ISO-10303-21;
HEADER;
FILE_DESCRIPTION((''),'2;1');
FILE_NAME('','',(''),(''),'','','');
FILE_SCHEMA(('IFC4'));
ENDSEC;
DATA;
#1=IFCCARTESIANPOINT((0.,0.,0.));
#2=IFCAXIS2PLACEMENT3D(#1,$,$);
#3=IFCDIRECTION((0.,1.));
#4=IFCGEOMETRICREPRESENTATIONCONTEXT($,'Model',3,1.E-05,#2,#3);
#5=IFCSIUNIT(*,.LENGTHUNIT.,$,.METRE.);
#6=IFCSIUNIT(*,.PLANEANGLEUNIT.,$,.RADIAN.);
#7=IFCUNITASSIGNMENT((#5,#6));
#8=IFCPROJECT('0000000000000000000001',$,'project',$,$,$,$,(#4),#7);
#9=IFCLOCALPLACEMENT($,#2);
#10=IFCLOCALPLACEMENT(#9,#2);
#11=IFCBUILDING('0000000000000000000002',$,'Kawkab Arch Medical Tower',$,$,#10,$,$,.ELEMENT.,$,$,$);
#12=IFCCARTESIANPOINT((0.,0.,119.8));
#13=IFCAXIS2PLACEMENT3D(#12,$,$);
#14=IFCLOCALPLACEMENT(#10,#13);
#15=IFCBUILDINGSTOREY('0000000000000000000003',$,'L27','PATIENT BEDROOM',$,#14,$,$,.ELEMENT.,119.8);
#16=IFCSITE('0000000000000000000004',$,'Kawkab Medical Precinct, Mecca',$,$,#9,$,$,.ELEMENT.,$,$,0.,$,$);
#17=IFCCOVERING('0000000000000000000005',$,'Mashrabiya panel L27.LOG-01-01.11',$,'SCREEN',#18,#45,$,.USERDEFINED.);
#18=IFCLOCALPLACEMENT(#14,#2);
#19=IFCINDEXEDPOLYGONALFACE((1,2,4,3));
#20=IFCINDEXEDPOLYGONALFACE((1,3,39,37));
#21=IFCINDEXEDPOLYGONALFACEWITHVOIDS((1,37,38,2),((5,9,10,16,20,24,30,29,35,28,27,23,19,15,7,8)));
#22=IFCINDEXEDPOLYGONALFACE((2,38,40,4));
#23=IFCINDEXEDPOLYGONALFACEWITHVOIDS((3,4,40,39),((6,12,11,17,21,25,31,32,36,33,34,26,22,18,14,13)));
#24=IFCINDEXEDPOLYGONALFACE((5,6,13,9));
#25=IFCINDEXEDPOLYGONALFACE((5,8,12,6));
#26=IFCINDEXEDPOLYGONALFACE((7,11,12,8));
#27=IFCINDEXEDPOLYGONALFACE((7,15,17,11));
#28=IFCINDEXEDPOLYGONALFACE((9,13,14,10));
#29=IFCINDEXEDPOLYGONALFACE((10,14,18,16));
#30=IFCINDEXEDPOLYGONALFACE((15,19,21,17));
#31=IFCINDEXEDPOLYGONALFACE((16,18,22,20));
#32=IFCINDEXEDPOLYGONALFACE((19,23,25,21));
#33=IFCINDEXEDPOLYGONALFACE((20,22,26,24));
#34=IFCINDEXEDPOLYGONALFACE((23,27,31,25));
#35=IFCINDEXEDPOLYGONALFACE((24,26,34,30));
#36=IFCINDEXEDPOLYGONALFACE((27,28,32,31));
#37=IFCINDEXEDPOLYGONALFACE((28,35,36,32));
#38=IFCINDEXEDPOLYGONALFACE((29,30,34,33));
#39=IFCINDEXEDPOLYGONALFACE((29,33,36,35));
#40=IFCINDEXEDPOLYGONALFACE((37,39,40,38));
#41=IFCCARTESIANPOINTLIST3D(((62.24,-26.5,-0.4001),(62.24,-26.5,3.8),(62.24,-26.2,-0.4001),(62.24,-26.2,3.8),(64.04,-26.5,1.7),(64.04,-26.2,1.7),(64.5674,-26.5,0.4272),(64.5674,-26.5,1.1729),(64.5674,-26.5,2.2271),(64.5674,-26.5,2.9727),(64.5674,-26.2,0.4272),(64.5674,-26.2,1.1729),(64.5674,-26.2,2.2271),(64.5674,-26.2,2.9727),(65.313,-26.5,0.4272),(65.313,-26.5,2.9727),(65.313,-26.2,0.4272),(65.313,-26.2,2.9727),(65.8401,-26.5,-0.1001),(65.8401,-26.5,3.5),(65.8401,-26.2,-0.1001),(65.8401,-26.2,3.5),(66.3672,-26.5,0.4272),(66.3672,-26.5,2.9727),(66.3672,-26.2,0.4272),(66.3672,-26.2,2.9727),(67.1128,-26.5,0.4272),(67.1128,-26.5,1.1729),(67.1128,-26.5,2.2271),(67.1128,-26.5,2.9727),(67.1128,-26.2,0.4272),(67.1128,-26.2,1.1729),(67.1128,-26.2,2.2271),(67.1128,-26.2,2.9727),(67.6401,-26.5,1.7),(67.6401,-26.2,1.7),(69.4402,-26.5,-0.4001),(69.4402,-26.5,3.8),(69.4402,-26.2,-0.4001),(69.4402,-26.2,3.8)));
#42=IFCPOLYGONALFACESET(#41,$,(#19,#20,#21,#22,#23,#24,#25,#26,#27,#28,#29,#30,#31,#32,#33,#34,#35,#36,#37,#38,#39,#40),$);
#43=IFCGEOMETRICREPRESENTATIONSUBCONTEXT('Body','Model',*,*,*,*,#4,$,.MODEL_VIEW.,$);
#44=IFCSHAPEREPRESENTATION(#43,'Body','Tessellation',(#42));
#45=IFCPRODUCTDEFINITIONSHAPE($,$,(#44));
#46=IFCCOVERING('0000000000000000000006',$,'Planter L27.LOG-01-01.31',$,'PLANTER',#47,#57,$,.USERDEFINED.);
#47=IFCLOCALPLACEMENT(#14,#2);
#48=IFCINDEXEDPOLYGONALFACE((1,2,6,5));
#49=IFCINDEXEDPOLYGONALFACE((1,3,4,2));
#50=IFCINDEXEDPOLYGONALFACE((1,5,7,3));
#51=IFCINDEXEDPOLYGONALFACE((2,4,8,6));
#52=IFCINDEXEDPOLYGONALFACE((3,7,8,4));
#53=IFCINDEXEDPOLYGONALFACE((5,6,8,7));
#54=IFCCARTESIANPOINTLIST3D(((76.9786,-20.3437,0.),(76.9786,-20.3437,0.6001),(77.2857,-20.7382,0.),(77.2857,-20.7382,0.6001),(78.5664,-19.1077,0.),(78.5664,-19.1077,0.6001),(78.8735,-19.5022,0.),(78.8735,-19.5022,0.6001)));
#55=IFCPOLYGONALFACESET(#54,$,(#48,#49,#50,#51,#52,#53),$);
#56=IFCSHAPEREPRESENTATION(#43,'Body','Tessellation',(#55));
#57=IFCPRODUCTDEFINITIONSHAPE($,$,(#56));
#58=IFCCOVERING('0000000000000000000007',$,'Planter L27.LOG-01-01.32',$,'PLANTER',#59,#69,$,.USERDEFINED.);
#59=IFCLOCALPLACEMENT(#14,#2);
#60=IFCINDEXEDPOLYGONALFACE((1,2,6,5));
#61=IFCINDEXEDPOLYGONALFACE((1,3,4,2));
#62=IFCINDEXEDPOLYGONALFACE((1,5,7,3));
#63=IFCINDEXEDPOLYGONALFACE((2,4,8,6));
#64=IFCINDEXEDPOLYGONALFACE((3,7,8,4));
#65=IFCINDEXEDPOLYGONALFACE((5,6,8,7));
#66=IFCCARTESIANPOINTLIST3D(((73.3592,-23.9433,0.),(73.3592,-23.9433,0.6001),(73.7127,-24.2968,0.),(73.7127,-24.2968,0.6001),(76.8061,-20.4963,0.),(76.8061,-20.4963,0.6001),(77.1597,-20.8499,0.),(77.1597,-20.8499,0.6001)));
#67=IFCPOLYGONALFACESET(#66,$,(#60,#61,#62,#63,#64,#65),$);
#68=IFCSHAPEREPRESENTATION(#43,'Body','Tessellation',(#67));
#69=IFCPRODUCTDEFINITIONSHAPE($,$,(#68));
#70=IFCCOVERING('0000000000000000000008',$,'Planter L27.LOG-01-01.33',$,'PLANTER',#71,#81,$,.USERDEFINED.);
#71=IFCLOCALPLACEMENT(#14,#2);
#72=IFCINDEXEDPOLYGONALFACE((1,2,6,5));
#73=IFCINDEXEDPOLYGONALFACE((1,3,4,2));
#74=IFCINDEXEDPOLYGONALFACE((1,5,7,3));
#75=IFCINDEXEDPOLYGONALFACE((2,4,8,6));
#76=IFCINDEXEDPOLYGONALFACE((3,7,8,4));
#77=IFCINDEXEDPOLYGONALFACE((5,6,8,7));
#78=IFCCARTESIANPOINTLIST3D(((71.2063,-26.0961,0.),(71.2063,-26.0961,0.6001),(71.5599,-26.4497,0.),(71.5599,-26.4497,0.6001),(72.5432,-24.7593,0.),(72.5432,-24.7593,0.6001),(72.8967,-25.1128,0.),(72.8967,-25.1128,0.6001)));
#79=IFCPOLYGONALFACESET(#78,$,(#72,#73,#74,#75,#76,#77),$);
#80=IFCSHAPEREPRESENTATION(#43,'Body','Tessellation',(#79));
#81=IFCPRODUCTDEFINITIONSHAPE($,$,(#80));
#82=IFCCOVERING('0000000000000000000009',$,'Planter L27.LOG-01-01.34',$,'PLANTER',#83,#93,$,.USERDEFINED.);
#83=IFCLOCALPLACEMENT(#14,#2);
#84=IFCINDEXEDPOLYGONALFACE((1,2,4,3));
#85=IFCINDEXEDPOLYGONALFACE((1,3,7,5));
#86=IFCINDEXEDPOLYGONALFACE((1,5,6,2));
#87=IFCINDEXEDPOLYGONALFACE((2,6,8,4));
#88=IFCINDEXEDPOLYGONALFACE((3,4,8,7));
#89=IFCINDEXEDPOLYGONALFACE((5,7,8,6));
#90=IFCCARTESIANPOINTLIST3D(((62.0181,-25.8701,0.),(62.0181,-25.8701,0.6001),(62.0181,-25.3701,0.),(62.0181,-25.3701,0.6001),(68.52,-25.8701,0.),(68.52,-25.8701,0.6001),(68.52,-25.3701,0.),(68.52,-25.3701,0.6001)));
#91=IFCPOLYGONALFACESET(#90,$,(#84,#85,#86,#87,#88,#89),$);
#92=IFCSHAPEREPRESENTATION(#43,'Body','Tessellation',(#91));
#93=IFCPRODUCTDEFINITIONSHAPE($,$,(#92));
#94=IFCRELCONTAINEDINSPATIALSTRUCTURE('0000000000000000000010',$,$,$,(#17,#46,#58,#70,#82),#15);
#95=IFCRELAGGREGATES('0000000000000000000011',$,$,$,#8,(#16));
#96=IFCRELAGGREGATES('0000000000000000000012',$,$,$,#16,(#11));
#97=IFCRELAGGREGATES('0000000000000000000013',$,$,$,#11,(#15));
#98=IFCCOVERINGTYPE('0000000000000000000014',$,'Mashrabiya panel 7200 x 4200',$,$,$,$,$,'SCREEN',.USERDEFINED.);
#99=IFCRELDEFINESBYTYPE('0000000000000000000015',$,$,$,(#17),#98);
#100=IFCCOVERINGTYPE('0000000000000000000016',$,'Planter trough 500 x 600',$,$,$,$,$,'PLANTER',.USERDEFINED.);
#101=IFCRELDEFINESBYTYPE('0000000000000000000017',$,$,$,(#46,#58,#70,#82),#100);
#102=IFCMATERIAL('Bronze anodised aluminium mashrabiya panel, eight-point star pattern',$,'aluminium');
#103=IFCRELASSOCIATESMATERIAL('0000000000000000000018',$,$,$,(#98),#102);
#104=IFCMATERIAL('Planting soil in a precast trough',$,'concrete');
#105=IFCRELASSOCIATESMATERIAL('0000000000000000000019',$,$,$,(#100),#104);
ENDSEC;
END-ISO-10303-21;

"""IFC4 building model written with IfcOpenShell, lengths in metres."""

from ifc_helpers import new_model, si_unit, direction, frame, origin, origin_2d, place, context, subcontext, project, spatial, polyline, rectangle, outline, extrude, material, material_profile, profile_set, type_object, element, save


model = new_model("IFC4")

# Units and contexts
model_context = context("Model", 3, precision=1e-05, world=origin(), true_north=direction((0.0, 1.0)))
body_context = subcontext(model_context, "Body", "Model", "MODEL_VIEW")
ifc_project = project(units=[si_unit("LENGTHUNIT", "METRE"), si_unit("PLANEANGLEUNIT", "RADIAN")], contexts=[model_context])

# Site, building, storey
site_placement = place(None, origin())
site = spatial("IfcSite", under=ifc_project, at=site_placement, Name="Kawkab Medical Precinct, Mecca", CompositionType="ELEMENT", RefElevation=0.0)
building_placement = place(site_placement, origin())
building = spatial("IfcBuilding", under=site, at=building_placement, Name="Kawkab Arch Medical Tower", CompositionType="ELEMENT")
storey_placement = place(building_placement, frame((0.0, 0.0, 119.8)))
storey = spatial("IfcBuildingStorey", under=building, at=storey_placement, Name="L27", Description="PATIENT BEDROOM", CompositionType="ELEMENT", Elevation=119.8)

# Coverings
ifc_material_1 = material(Name="Bronze anodised aluminium mashrabiya panel, eight-point star pattern", Category="aluminium")
ifc_material_profile_1 = material_profile(ifc_material_1, outline(polyline([(-3.6001, -2.1001), (3.6001, -2.1001), (3.6001, 2.1001), (-3.6001, 2.1001), (-3.6001, -2.1001)]), holes=[polyline([(1.8, 0.0), (1.2727, 0.5271), (1.2727, 1.2727), (0.5271, 1.2727), (0.0, 1.8), (-0.5271, 1.2727), (-1.2727, 1.2727), (-1.2727, 0.5271), (-1.8, 0.0), (-1.2727, -0.5271), (-1.2727, -1.2727), (-0.5271, -1.2727), (0.0, -1.8), (0.5271, -1.2727), (1.2727, -1.2727), (1.2727, -0.5271), (1.8, 0.0)])]), Name="Mashrabiya panel 7200x4200")
ifc_profile_set_1 = profile_set([ifc_material_profile_1], Name="Bronze anodised aluminium mashrabiya panel, eight-point star pattern")
covering_type_1 = type_object("IfcCoveringType", Name="Mashrabiya panel 7200 x 4200", ElementType="SCREEN", PredefinedType="USERDEFINED", material=ifc_profile_set_1)
covering_1_placement = place(storey_placement, frame((65.8401, -26.2, 1.7), z_axis=(0.0, -1.0, 0.0), x_axis=(1.0, 0.0, 0.0)))
element("IfcCovering", 1, at=covering_1_placement, inside=storey, type_object=covering_type_1, Name="Mashrabiya panel L27.LOG-01-01.11", ObjectType="SCREEN", PredefinedType="USERDEFINED", context=body_context, shape_type="SweptSolid", body=[
    extrude(outline(polyline([(-3.6001, -2.1001), (3.6001, -2.1001), (3.6001, 2.1001), (-3.6001, 2.1001), (-3.6001, -2.1001)]), holes=[polyline([(1.8, 0.0), (1.2727, 0.5271), (1.2727, 1.2727), (0.5271, 1.2727), (0.0, 1.8), (-0.5271, 1.2727), (-1.2727, 1.2727), (-1.2727, 0.5271), (-1.8, 0.0), (-1.2727, -0.5271), (-1.2727, -1.2727), (-0.5271, -1.2727), (0.0, -1.8), (0.5271, -1.2727), (1.2727, -1.2727), (1.2727, -0.5271), (1.8, 0.0)])]), origin(), (0.0, 0.0, 1.0), 0.3),
])
ifc_material_2 = material(Name="Planting soil in a precast trough", Category="concrete")
ifc_material_profile_2 = material_profile(ifc_material_2, rectangle(XDim=0.5, YDim=0.6001, at=origin_2d()), Name="Trough 500x600")
ifc_profile_set_2 = profile_set([ifc_material_profile_2], Name="Planting soil in a precast trough")
covering_type_2 = type_object("IfcCoveringType", Name="Planter trough 500 x 600", ElementType="PLANTER", PredefinedType="USERDEFINED", material=ifc_profile_set_2)
covering_2_placement = place(storey_placement, frame((78.72, -19.3049, 0.3), z_axis=(-0.789097, -0.614268, 0.0), x_axis=(0.614268, -0.789097, 0.0)))
element("IfcCovering", 2, at=covering_2_placement, inside=storey, type_object=covering_type_2, Name="Planter L27.LOG-01-01.31", ObjectType="PLANTER", PredefinedType="USERDEFINED", context=body_context, shape_type="SweptSolid", body=[
    extrude(rectangle(XDim=0.5, YDim=0.6001, at=origin_2d()), origin(), (0.0, 0.0, 1.0), 2.0122),
])
covering_3_placement = place(storey_placement, frame((76.9829, -20.6731, 0.3), z_axis=(-0.707107, -0.707107, 0.0), x_axis=(0.707107, -0.707107, 0.0)))
element("IfcCovering", 3, at=covering_3_placement, inside=storey, type_object=covering_type_2, Name="Planter L27.LOG-01-01.32", ObjectType="PLANTER", PredefinedType="USERDEFINED", context=body_context, shape_type="SweptSolid", body=[
    extrude(rectangle(XDim=0.5, YDim=0.6001, at=origin_2d()), origin(), (0.0, 0.0, 1.0), 4.8748),
])
covering_4_placement = place(storey_placement, frame((72.72, -24.936, 0.3), z_axis=(-0.707107, -0.707107, 0.0), x_axis=(0.707107, -0.707107, 0.0)))
element("IfcCovering", 4, at=covering_4_placement, inside=storey, type_object=covering_type_2, Name="Planter L27.LOG-01-01.33", ObjectType="PLANTER", PredefinedType="USERDEFINED", context=body_context, shape_type="SweptSolid", body=[
    extrude(rectangle(XDim=0.5, YDim=0.6001, at=origin_2d()), origin(), (0.0, 0.0, 1.0), 1.8906),
])
covering_5_placement = place(storey_placement, frame((68.52, -25.6201, 0.3), z_axis=(-1.0, 0.0, 0.0), x_axis=(0.0, -1.0, 0.0)))
element("IfcCovering", 5, at=covering_5_placement, inside=storey, type_object=covering_type_2, Name="Planter L27.LOG-01-01.34", ObjectType="PLANTER", PredefinedType="USERDEFINED", context=body_context, shape_type="SweptSolid", body=[
    extrude(rectangle(XDim=0.5, YDim=0.6001, at=origin_2d()), origin(), (0.0, 0.0, 1.0), 6.502),
])

save(model, "model.ifc")
